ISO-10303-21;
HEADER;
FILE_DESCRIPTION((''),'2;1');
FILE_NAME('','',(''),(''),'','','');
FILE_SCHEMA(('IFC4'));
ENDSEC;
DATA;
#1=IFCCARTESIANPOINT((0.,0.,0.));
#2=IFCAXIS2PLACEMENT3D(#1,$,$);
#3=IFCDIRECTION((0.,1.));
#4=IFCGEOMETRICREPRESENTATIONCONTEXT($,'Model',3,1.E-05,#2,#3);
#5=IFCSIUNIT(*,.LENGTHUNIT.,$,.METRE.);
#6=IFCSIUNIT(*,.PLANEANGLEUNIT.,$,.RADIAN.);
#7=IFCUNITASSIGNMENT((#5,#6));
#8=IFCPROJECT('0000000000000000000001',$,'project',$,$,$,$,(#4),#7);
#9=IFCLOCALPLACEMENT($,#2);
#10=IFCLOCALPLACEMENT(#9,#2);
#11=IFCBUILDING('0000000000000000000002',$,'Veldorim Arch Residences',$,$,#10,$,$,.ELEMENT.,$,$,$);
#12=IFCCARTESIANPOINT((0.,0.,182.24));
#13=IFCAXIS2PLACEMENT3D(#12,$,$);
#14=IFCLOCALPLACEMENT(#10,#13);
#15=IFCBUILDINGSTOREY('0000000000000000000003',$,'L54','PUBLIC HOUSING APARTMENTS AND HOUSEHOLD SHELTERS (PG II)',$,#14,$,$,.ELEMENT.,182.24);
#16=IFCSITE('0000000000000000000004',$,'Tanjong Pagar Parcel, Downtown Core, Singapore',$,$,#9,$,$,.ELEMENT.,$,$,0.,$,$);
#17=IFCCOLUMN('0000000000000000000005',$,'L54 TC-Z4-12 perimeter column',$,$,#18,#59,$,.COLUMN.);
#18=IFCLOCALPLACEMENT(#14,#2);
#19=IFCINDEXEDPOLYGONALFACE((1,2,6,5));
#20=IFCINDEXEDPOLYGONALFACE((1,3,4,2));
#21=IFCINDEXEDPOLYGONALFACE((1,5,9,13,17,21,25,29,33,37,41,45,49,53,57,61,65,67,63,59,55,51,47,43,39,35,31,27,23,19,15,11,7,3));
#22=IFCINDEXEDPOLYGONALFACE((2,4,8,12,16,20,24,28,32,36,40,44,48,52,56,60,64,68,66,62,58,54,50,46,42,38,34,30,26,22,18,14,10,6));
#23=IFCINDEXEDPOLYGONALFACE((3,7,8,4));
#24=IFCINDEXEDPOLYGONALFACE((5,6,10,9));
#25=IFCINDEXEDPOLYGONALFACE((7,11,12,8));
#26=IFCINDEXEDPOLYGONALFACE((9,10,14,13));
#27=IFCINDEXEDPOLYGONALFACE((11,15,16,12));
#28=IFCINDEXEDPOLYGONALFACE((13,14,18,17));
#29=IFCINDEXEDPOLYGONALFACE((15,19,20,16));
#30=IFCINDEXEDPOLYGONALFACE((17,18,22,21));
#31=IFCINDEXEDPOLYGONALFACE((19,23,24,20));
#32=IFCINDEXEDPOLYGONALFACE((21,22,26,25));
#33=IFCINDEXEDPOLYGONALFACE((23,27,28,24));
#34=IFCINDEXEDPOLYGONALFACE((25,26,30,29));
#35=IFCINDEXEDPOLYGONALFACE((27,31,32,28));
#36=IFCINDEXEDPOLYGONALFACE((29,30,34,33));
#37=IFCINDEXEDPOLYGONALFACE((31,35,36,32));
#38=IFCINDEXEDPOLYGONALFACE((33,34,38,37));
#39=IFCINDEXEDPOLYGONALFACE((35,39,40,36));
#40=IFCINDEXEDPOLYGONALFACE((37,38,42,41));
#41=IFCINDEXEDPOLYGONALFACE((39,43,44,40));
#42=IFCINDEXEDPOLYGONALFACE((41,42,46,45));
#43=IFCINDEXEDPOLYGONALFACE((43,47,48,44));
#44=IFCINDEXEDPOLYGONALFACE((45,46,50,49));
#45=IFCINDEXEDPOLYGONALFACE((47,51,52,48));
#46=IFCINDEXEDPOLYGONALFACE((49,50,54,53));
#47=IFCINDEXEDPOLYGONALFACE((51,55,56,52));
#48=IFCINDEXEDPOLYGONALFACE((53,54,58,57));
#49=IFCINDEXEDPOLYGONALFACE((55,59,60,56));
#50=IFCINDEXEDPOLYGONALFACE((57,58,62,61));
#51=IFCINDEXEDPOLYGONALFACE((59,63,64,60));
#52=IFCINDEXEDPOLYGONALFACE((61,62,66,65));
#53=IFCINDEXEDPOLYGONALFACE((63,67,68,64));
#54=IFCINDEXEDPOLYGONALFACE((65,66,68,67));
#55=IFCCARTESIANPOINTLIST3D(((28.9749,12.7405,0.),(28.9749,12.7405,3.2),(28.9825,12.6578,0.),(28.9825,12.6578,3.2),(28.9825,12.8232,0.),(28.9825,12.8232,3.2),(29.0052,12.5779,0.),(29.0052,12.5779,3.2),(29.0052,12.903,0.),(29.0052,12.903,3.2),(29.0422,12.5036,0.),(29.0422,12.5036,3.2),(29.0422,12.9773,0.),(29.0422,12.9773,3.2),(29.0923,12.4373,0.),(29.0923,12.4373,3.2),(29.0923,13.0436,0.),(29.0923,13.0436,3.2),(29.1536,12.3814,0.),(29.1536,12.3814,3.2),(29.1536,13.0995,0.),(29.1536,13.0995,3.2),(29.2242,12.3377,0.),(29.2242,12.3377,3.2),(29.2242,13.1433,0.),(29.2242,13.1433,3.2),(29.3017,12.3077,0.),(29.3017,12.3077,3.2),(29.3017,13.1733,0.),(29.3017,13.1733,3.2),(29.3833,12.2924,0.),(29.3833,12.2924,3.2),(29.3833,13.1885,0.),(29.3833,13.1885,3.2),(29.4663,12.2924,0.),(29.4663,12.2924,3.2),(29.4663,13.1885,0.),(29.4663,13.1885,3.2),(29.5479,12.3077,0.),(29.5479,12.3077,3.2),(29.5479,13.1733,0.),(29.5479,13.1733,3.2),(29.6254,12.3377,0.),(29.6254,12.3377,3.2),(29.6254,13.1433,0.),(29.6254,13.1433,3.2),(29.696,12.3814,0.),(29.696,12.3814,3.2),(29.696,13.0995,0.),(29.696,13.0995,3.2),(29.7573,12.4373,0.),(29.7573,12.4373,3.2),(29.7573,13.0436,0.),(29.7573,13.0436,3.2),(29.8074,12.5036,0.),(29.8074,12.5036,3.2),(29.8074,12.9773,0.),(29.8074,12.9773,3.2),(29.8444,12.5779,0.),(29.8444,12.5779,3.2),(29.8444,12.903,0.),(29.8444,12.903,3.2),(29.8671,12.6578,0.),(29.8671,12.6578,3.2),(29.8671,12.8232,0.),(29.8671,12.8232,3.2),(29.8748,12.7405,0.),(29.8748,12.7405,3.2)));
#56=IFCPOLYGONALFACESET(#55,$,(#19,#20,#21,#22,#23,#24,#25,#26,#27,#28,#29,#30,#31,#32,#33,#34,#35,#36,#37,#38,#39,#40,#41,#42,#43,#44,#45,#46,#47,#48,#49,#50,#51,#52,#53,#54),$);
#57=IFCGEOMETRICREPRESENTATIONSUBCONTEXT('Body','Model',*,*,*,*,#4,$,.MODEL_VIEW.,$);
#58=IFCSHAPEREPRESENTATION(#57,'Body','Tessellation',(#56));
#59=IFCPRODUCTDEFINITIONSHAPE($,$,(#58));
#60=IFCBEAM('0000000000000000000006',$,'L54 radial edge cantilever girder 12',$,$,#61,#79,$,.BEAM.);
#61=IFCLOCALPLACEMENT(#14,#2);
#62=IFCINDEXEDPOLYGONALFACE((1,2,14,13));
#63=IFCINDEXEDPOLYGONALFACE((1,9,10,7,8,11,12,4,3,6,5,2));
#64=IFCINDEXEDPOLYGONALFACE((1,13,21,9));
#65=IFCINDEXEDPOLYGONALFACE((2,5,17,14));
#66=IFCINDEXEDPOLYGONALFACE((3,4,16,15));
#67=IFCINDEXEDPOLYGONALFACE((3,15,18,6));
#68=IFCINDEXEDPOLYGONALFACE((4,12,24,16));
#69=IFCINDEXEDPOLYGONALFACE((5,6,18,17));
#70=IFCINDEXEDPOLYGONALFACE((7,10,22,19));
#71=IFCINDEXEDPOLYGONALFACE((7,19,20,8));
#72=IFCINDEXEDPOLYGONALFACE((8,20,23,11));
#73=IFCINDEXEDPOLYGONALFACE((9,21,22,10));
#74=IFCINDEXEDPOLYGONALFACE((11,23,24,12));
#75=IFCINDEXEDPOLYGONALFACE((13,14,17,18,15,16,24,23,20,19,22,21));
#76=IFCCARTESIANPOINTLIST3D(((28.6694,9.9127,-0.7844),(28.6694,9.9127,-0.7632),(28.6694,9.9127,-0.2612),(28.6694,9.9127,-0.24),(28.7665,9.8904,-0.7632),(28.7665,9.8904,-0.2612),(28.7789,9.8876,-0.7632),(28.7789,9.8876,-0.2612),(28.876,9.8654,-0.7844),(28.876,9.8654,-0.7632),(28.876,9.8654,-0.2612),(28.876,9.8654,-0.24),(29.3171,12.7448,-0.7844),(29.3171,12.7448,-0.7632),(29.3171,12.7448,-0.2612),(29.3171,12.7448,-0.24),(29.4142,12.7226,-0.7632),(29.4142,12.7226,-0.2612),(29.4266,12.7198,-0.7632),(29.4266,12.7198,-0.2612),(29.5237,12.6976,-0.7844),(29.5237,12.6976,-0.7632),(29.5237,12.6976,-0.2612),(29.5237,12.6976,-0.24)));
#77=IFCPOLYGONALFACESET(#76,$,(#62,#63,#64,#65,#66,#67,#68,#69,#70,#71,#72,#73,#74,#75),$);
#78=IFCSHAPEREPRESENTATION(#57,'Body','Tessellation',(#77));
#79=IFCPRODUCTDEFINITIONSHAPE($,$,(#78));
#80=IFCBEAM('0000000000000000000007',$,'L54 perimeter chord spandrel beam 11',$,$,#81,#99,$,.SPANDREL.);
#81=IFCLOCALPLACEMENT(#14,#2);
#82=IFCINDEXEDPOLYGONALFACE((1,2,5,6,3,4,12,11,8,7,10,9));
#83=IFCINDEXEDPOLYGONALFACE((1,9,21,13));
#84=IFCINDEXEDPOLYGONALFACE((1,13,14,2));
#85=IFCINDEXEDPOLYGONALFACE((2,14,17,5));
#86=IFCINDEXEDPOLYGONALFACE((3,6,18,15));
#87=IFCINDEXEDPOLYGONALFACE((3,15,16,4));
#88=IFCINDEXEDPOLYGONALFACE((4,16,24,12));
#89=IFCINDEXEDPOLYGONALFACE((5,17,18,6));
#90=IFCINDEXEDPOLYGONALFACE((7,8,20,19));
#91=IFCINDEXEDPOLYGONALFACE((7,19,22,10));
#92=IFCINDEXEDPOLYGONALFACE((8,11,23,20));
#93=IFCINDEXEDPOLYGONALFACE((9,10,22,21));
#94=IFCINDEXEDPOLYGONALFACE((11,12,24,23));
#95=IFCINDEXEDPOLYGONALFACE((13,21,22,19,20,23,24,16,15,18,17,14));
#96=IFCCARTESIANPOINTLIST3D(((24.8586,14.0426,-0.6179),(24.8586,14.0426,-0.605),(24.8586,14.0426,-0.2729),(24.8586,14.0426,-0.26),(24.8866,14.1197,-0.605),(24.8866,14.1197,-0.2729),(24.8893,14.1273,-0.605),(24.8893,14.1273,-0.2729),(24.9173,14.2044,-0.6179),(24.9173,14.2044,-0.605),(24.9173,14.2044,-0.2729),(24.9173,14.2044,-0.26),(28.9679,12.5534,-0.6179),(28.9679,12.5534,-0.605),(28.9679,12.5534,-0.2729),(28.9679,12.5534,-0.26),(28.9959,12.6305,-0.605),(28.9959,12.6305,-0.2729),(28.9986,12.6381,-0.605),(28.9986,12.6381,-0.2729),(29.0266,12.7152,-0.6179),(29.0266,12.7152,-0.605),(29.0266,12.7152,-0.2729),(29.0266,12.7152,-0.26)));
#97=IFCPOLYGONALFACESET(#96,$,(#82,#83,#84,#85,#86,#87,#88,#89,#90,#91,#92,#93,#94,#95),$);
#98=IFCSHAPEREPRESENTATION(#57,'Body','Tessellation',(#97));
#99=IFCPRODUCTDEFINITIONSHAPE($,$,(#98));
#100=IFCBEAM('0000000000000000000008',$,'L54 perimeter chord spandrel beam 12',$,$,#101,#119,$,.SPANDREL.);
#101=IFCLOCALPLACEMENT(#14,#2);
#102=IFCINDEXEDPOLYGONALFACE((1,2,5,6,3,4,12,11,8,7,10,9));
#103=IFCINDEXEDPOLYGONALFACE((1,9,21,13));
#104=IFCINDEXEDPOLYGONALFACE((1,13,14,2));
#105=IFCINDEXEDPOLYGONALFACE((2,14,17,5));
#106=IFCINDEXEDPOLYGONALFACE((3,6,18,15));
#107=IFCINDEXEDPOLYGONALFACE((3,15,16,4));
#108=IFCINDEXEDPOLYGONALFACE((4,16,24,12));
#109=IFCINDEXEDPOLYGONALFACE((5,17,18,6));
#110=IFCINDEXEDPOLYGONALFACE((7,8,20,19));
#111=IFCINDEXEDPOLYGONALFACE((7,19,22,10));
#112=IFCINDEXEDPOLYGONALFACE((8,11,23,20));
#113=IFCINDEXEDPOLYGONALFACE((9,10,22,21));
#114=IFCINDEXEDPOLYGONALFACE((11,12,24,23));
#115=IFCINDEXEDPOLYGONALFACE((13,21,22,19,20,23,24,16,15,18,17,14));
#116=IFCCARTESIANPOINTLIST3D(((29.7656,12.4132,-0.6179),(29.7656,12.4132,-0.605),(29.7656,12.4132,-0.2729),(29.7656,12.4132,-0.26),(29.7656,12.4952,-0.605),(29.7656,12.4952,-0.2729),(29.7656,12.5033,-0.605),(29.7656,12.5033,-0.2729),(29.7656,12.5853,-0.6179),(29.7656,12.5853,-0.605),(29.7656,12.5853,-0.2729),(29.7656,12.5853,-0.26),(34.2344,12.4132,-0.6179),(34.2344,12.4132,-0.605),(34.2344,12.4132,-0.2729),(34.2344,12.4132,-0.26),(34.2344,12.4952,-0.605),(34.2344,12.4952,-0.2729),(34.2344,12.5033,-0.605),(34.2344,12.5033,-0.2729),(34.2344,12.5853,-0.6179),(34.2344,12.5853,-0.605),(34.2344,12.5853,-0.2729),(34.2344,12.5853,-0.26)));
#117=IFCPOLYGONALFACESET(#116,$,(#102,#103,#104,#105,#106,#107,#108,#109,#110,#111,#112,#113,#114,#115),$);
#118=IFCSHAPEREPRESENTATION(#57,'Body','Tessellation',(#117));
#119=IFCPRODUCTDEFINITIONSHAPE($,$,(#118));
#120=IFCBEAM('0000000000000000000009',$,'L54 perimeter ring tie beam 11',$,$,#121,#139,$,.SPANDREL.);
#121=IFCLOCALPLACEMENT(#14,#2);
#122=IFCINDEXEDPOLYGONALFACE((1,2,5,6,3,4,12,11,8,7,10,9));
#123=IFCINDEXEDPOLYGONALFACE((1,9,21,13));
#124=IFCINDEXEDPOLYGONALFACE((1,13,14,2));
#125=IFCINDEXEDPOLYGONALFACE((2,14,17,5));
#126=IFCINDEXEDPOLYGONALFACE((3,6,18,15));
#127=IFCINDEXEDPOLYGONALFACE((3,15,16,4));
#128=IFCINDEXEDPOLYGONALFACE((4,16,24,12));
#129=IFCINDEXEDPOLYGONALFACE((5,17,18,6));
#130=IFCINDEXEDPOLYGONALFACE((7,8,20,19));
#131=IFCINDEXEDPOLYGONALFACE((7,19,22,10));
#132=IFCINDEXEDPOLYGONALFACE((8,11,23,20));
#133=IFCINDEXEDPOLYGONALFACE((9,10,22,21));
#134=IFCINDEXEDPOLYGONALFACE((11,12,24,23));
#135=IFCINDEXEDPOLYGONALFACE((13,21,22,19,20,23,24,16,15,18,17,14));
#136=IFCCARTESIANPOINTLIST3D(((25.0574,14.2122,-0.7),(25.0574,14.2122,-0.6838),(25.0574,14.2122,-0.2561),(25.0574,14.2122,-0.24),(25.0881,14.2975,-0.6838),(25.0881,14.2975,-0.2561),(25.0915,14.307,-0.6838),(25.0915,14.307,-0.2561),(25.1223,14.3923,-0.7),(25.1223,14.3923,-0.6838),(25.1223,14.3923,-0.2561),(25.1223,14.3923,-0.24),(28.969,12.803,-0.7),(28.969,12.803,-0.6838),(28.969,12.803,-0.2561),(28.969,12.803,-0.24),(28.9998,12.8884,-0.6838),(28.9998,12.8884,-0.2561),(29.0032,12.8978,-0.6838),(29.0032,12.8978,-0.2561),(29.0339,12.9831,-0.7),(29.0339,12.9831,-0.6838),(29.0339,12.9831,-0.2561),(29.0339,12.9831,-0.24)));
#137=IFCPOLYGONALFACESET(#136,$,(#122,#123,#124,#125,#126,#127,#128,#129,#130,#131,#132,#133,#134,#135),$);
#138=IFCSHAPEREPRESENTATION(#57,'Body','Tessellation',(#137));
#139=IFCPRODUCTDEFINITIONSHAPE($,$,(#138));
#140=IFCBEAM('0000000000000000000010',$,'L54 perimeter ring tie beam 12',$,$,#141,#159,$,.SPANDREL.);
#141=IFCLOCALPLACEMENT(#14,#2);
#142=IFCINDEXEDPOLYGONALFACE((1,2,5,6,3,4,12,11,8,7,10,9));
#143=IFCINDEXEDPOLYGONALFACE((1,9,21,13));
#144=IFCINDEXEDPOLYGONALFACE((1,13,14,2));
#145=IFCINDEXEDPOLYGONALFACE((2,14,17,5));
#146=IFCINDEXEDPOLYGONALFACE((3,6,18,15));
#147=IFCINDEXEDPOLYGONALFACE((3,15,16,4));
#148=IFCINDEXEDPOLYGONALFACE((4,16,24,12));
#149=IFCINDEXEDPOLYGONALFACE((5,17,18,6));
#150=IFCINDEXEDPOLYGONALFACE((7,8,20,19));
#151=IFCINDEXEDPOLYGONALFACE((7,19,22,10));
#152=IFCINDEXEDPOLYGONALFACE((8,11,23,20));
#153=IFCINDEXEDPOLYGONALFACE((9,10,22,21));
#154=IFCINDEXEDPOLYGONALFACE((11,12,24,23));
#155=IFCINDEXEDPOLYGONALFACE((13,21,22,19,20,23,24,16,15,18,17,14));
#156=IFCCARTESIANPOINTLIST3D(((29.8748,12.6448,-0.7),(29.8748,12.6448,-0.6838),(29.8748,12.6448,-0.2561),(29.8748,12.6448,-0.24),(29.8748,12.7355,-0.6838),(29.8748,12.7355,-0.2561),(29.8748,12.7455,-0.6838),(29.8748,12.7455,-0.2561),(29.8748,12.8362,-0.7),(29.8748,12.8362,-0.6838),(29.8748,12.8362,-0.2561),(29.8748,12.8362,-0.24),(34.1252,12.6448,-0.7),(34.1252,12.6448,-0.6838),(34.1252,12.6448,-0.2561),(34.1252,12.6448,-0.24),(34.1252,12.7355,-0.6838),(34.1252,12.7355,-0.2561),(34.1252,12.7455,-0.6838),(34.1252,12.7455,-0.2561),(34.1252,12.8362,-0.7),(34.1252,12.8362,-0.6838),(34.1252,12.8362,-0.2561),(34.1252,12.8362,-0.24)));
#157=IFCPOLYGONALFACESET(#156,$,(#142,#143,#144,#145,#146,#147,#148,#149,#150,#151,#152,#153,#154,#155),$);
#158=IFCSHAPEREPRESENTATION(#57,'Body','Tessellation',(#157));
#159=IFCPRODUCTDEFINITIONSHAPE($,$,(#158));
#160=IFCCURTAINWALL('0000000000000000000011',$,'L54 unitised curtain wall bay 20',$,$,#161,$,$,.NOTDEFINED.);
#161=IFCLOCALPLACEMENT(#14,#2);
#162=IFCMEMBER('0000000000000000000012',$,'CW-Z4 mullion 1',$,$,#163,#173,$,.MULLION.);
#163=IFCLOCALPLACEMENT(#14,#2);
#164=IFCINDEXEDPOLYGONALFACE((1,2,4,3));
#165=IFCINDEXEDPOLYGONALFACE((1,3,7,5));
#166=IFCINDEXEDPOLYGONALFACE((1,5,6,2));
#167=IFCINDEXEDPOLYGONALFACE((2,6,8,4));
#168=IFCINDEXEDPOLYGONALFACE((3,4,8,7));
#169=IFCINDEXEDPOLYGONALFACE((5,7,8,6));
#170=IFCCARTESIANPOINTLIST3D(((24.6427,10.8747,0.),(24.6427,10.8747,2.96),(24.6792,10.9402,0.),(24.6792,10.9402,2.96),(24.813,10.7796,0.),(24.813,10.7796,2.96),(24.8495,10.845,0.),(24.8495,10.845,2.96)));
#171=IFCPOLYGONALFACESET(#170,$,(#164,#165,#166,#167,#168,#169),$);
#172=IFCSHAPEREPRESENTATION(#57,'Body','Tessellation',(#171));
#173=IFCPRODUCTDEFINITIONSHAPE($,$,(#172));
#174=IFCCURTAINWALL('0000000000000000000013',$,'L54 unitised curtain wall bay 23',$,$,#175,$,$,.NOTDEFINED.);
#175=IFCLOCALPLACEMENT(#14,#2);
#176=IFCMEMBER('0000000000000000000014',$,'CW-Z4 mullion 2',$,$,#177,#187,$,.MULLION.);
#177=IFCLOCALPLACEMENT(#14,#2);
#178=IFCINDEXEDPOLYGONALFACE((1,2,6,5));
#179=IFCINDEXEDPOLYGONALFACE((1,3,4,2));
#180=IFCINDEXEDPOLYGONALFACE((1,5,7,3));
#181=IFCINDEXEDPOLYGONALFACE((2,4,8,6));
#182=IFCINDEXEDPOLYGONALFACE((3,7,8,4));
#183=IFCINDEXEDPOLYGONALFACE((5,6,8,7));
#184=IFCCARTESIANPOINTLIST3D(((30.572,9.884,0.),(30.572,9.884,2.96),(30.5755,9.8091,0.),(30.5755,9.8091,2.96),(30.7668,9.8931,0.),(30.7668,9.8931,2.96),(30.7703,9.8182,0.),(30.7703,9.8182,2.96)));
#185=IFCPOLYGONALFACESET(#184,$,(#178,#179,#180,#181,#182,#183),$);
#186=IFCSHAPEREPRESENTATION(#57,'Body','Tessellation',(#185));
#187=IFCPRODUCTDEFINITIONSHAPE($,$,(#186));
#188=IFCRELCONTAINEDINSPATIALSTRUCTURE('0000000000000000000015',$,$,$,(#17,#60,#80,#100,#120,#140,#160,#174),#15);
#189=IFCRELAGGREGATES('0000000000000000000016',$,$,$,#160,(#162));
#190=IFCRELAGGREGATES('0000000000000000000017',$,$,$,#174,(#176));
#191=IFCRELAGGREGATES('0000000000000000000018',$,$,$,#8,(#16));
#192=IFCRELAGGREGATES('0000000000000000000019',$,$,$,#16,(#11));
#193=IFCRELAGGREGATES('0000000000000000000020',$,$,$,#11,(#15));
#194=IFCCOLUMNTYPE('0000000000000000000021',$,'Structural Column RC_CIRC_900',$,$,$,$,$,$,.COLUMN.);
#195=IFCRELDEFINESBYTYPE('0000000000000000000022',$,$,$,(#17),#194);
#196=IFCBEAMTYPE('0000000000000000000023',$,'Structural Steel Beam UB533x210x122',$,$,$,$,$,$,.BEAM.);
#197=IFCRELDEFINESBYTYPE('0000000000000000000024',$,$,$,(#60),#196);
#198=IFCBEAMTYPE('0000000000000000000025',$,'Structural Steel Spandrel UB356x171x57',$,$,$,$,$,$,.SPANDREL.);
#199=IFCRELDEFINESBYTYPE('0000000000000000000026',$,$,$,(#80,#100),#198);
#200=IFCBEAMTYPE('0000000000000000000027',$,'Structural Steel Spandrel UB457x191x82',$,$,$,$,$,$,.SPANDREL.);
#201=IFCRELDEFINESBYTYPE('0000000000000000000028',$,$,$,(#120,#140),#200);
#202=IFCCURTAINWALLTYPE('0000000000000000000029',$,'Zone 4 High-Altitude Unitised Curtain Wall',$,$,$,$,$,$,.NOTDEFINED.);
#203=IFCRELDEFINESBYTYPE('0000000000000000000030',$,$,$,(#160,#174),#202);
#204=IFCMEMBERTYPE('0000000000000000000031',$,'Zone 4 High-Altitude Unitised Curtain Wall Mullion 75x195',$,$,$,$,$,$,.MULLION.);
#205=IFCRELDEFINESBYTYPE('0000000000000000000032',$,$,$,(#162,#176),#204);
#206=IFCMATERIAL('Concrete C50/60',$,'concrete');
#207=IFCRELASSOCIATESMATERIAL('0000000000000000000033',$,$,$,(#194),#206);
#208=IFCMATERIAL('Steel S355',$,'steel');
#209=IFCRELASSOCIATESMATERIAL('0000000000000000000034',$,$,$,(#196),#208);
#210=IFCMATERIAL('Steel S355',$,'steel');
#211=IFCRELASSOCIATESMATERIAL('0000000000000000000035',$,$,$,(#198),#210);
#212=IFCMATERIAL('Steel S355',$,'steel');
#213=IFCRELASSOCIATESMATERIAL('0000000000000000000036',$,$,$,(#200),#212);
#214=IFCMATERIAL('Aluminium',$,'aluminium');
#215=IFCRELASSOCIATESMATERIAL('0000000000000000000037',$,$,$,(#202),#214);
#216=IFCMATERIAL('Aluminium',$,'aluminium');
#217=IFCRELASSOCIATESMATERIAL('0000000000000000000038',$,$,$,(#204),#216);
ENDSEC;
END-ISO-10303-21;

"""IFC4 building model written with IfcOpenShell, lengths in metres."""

from ifc_helpers import new_model, si_unit, direction, frame, origin, origin_2d, place, context, subcontext, project, spatial, rectangle, circle, i_section, extrude, material, material_profile, profile_set, type_object, element, aggregate, save


model = new_model("IFC4")

# Units and contexts
model_context = context("Model", 3, precision=1e-05, world=origin(), true_north=direction((0.0, 1.0)))
body_context = subcontext(model_context, "Body", "Model", "MODEL_VIEW")
ifc_project = project(units=[si_unit("LENGTHUNIT", "METRE"), si_unit("PLANEANGLEUNIT", "RADIAN")], contexts=[model_context])

# Site, building, storey
site_placement = place(None, origin())
site = spatial("IfcSite", under=ifc_project, at=site_placement, Name="Tanjong Pagar Parcel, Downtown Core, Singapore", CompositionType="ELEMENT", RefElevation=0.0)
building_placement = place(site_placement, origin())
building = spatial("IfcBuilding", under=site, at=building_placement, Name="Veldorim Arch Residences", CompositionType="ELEMENT")
storey_placement = place(building_placement, frame((0.0, 0.0, 182.24)))
storey = spatial("IfcBuildingStorey", under=building, at=storey_placement, Name="L54", Description="PUBLIC HOUSING APARTMENTS AND HOUSEHOLD SHELTERS (PG II)", CompositionType="ELEMENT", Elevation=182.24)

# Column
ifc_material_1 = material(Name="Concrete C50/60", Category="concrete")
ifc_material_profile_1 = material_profile(ifc_material_1, circle(Radius=0.45, at=origin_2d()), Name="RC_CIRC_900")
ifc_profile_set_1 = profile_set([ifc_material_profile_1], Name="Concrete C50/60")
column_type = type_object("IfcColumnType", Name="Structural Column RC_CIRC_900", PredefinedType="COLUMN", material=ifc_profile_set_1)
column_placement = place(storey_placement, frame((29.4248, 12.7405, 0.0), z_axis=(0.0, 0.0, 1.0), x_axis=(1.0, 0.0, 0.0)))
element("IfcColumn", 1, at=column_placement, inside=storey, type_object=column_type, Name="L54 TC-Z4-12 perimeter column", PredefinedType="COLUMN", context=body_context, shape_type="SweptSolid", body=[
    extrude(circle(Radius=0.45, at=origin_2d()), origin(), (0.0, 0.0, 1.0), 3.2),
])

# Beams
ifc_material_2 = material(Name="Steel S355", Category="steel")
ifc_material_profile_2 = material_profile(ifc_material_2, i_section(OverallWidth=0.2119, OverallDepth=0.5444, WebThickness=0.0127, FlangeThickness=0.0212, at=origin_2d()), Name="UB533x210x122")
ifc_profile_set_2 = profile_set([ifc_material_profile_2], Name="Steel S355")
beam_type_1 = type_object("IfcBeamType", Name="Structural Steel Beam UB533x210x122", PredefinedType="BEAM", material=ifc_profile_set_2)
beam_1_placement = place(storey_placement, frame((29.4204, 12.7212, -0.5122), z_axis=(-0.222932, -0.974834, 0.0), x_axis=(0.974834, -0.222932, 0.0)))
element("IfcBeam", 2, at=beam_1_placement, inside=storey, type_object=beam_type_1, Name="L54 radial edge cantilever girder 12", PredefinedType="BEAM", context=body_context, shape_type="SweptSolid", body=[
    extrude(i_section(OverallWidth=0.2119, OverallDepth=0.5444, WebThickness=0.0127, FlangeThickness=0.0212, at=origin_2d()), origin(), (0.0, 0.0, 1.0), 2.9053),
])
ifc_material_3 = material(Name="Steel S355", Category="steel")
ifc_material_profile_3 = material_profile(ifc_material_3, i_section(OverallWidth=0.1721, OverallDepth=0.3579, WebThickness=0.0081, FlangeThickness=0.0129, at=origin_2d()), Name="UB356x171x57")
ifc_profile_set_3 = profile_set([ifc_material_profile_3], Name="Steel S355")
beam_type_2 = type_object("IfcBeamType", Name="Structural Steel Spandrel UB356x171x57", PredefinedType="SPANDREL", material=ifc_profile_set_3)
beam_2_placement = place(storey_placement, frame((24.8879, 14.1235, -0.439), z_axis=(0.940165, -0.34072, 0.0), x_axis=(0.34072, 0.940165, 0.0)))
element("IfcBeam", 3, at=beam_2_placement, inside=storey, type_object=beam_type_2, Name="L54 perimeter chord spandrel beam 11", PredefinedType="SPANDREL", context=body_context, shape_type="SweptSolid", body=[
    extrude(i_section(OverallWidth=0.1721, OverallDepth=0.3579, WebThickness=0.0081, FlangeThickness=0.0129, at=origin_2d()), origin(), (0.0, 0.0, 1.0), 4.3708),
])
beam_3_placement = place(storey_placement, frame((29.7656, 12.4993, -0.439), z_axis=(1.0, 0.0, 0.0), x_axis=(0.0, 1.0, 0.0)))
element("IfcBeam", 4, at=beam_3_placement, inside=storey, type_object=beam_type_2, Name="L54 perimeter chord spandrel beam 12", PredefinedType="SPANDREL", context=body_context, shape_type="SweptSolid", body=[
    extrude(i_section(OverallWidth=0.1721, OverallDepth=0.3579, WebThickness=0.0081, FlangeThickness=0.0129, at=origin_2d()), origin(), (0.0, 0.0, 1.0), 4.4688),
])
ifc_material_4 = material(Name="Steel S355", Category="steel")
ifc_material_profile_4 = material_profile(ifc_material_4, i_section(OverallWidth=0.1914, OverallDepth=0.46, WebThickness=0.01, FlangeThickness=0.0161, at=origin_2d()), Name="UB457x191x82")
ifc_profile_set_4 = profile_set([ifc_material_profile_4], Name="Steel S355")
beam_type_3 = type_object("IfcBeamType", Name="Structural Steel Spandrel UB457x191x82", PredefinedType="SPANDREL", material=ifc_profile_set_4)
beam_4_placement = place(storey_placement, frame((25.0898, 14.3022, -0.47), z_axis=(0.940811, -0.338932, 0.0), x_axis=(0.338932, 0.940811, 0.0)))
element("IfcBeam", 5, at=beam_4_placement, inside=storey, type_object=beam_type_3, Name="L54 perimeter ring tie beam 11", PredefinedType="SPANDREL", context=body_context, shape_type="SweptSolid", body=[
    extrude(i_section(OverallWidth=0.1914, OverallDepth=0.46, WebThickness=0.01, FlangeThickness=0.0161, at=origin_2d()), origin(), (0.0, 0.0, 1.0), 4.1577),
])
beam_5_placement = place(storey_placement, frame((29.8748, 12.7405, -0.47), z_axis=(1.0, 0.0, 0.0), x_axis=(0.0, 1.0, 0.0)))
element("IfcBeam", 6, at=beam_5_placement, inside=storey, type_object=beam_type_3, Name="L54 perimeter ring tie beam 12", PredefinedType="SPANDREL", context=body_context, shape_type="SweptSolid", body=[
    extrude(i_section(OverallWidth=0.1914, OverallDepth=0.46, WebThickness=0.01, FlangeThickness=0.0161, at=origin_2d()), origin(), (0.0, 0.0, 1.0), 4.2505),
])

# Curtain wall, member
ifc_material_5 = material(Name="Aluminium", Category="aluminium")
curtain_wall_type = type_object("IfcCurtainWallType", Name="Zone 4 High-Altitude Unitised Curtain Wall", PredefinedType="NOTDEFINED", material=ifc_material_5)
curtain_wall_1_placement = place(storey_placement, origin())
curtain_wall_1 = element("IfcCurtainWall", 7, at=curtain_wall_1_placement, inside=storey, type_object=curtain_wall_type, Name="L54 unitised curtain wall bay 20", PredefinedType="NOTDEFINED")
ifc_material_6 = material(Name="Aluminium", Category="aluminium")
ifc_material_profile_5 = material_profile(ifc_material_6, rectangle(XDim=0.075, YDim=0.1951, at=origin_2d()), Name="ALU_MUL_75x195")
ifc_profile_set_5 = profile_set([ifc_material_profile_5], Name="Aluminium")
member_type_1 = type_object("IfcMemberType", Name="Zone 4 High-Altitude Unitised Curtain Wall Mullion 75x195", PredefinedType="MULLION", material=ifc_profile_set_5)
member_1_placement = place(storey_placement, frame((24.7461, 10.8599, 0.0), z_axis=(0.0, 0.0, 1.0), x_axis=(-0.487736, -0.872991, 0.0)))
member_1 = element("IfcMember", 8, at=member_1_placement, type_object=member_type_1, Name="CW-Z4 mullion 1", PredefinedType="MULLION", context=body_context, shape_type="SweptSolid", body=[
    extrude(rectangle(XDim=0.075, YDim=0.1951, at=origin_2d()), origin(), (0.0, 0.0, 1.0), 2.96),
])
aggregate(curtain_wall_1, [member_1])

# Curtain wall, member
curtain_wall_2_placement = place(storey_placement, origin())
curtain_wall_2 = element("IfcCurtainWall", 9, at=curtain_wall_2_placement, inside=storey, type_object=curtain_wall_type, Name="L54 unitised curtain wall bay 23", PredefinedType="NOTDEFINED")
member_2_placement = place(storey_placement, frame((30.6711, 9.8511, 0.0), z_axis=(0.0, 0.0, 1.0), x_axis=(0.046678, -0.99891, 0.0)))
member_2 = element("IfcMember", 10, at=member_2_placement, type_object=member_type_1, Name="CW-Z4 mullion 2", PredefinedType="MULLION", context=body_context, shape_type="SweptSolid", body=[
    extrude(rectangle(XDim=0.075, YDim=0.1951, at=origin_2d()), origin(), (0.0, 0.0, 1.0), 2.96),
])
aggregate(curtain_wall_2, [member_2])

save(model, "model.ifc")
